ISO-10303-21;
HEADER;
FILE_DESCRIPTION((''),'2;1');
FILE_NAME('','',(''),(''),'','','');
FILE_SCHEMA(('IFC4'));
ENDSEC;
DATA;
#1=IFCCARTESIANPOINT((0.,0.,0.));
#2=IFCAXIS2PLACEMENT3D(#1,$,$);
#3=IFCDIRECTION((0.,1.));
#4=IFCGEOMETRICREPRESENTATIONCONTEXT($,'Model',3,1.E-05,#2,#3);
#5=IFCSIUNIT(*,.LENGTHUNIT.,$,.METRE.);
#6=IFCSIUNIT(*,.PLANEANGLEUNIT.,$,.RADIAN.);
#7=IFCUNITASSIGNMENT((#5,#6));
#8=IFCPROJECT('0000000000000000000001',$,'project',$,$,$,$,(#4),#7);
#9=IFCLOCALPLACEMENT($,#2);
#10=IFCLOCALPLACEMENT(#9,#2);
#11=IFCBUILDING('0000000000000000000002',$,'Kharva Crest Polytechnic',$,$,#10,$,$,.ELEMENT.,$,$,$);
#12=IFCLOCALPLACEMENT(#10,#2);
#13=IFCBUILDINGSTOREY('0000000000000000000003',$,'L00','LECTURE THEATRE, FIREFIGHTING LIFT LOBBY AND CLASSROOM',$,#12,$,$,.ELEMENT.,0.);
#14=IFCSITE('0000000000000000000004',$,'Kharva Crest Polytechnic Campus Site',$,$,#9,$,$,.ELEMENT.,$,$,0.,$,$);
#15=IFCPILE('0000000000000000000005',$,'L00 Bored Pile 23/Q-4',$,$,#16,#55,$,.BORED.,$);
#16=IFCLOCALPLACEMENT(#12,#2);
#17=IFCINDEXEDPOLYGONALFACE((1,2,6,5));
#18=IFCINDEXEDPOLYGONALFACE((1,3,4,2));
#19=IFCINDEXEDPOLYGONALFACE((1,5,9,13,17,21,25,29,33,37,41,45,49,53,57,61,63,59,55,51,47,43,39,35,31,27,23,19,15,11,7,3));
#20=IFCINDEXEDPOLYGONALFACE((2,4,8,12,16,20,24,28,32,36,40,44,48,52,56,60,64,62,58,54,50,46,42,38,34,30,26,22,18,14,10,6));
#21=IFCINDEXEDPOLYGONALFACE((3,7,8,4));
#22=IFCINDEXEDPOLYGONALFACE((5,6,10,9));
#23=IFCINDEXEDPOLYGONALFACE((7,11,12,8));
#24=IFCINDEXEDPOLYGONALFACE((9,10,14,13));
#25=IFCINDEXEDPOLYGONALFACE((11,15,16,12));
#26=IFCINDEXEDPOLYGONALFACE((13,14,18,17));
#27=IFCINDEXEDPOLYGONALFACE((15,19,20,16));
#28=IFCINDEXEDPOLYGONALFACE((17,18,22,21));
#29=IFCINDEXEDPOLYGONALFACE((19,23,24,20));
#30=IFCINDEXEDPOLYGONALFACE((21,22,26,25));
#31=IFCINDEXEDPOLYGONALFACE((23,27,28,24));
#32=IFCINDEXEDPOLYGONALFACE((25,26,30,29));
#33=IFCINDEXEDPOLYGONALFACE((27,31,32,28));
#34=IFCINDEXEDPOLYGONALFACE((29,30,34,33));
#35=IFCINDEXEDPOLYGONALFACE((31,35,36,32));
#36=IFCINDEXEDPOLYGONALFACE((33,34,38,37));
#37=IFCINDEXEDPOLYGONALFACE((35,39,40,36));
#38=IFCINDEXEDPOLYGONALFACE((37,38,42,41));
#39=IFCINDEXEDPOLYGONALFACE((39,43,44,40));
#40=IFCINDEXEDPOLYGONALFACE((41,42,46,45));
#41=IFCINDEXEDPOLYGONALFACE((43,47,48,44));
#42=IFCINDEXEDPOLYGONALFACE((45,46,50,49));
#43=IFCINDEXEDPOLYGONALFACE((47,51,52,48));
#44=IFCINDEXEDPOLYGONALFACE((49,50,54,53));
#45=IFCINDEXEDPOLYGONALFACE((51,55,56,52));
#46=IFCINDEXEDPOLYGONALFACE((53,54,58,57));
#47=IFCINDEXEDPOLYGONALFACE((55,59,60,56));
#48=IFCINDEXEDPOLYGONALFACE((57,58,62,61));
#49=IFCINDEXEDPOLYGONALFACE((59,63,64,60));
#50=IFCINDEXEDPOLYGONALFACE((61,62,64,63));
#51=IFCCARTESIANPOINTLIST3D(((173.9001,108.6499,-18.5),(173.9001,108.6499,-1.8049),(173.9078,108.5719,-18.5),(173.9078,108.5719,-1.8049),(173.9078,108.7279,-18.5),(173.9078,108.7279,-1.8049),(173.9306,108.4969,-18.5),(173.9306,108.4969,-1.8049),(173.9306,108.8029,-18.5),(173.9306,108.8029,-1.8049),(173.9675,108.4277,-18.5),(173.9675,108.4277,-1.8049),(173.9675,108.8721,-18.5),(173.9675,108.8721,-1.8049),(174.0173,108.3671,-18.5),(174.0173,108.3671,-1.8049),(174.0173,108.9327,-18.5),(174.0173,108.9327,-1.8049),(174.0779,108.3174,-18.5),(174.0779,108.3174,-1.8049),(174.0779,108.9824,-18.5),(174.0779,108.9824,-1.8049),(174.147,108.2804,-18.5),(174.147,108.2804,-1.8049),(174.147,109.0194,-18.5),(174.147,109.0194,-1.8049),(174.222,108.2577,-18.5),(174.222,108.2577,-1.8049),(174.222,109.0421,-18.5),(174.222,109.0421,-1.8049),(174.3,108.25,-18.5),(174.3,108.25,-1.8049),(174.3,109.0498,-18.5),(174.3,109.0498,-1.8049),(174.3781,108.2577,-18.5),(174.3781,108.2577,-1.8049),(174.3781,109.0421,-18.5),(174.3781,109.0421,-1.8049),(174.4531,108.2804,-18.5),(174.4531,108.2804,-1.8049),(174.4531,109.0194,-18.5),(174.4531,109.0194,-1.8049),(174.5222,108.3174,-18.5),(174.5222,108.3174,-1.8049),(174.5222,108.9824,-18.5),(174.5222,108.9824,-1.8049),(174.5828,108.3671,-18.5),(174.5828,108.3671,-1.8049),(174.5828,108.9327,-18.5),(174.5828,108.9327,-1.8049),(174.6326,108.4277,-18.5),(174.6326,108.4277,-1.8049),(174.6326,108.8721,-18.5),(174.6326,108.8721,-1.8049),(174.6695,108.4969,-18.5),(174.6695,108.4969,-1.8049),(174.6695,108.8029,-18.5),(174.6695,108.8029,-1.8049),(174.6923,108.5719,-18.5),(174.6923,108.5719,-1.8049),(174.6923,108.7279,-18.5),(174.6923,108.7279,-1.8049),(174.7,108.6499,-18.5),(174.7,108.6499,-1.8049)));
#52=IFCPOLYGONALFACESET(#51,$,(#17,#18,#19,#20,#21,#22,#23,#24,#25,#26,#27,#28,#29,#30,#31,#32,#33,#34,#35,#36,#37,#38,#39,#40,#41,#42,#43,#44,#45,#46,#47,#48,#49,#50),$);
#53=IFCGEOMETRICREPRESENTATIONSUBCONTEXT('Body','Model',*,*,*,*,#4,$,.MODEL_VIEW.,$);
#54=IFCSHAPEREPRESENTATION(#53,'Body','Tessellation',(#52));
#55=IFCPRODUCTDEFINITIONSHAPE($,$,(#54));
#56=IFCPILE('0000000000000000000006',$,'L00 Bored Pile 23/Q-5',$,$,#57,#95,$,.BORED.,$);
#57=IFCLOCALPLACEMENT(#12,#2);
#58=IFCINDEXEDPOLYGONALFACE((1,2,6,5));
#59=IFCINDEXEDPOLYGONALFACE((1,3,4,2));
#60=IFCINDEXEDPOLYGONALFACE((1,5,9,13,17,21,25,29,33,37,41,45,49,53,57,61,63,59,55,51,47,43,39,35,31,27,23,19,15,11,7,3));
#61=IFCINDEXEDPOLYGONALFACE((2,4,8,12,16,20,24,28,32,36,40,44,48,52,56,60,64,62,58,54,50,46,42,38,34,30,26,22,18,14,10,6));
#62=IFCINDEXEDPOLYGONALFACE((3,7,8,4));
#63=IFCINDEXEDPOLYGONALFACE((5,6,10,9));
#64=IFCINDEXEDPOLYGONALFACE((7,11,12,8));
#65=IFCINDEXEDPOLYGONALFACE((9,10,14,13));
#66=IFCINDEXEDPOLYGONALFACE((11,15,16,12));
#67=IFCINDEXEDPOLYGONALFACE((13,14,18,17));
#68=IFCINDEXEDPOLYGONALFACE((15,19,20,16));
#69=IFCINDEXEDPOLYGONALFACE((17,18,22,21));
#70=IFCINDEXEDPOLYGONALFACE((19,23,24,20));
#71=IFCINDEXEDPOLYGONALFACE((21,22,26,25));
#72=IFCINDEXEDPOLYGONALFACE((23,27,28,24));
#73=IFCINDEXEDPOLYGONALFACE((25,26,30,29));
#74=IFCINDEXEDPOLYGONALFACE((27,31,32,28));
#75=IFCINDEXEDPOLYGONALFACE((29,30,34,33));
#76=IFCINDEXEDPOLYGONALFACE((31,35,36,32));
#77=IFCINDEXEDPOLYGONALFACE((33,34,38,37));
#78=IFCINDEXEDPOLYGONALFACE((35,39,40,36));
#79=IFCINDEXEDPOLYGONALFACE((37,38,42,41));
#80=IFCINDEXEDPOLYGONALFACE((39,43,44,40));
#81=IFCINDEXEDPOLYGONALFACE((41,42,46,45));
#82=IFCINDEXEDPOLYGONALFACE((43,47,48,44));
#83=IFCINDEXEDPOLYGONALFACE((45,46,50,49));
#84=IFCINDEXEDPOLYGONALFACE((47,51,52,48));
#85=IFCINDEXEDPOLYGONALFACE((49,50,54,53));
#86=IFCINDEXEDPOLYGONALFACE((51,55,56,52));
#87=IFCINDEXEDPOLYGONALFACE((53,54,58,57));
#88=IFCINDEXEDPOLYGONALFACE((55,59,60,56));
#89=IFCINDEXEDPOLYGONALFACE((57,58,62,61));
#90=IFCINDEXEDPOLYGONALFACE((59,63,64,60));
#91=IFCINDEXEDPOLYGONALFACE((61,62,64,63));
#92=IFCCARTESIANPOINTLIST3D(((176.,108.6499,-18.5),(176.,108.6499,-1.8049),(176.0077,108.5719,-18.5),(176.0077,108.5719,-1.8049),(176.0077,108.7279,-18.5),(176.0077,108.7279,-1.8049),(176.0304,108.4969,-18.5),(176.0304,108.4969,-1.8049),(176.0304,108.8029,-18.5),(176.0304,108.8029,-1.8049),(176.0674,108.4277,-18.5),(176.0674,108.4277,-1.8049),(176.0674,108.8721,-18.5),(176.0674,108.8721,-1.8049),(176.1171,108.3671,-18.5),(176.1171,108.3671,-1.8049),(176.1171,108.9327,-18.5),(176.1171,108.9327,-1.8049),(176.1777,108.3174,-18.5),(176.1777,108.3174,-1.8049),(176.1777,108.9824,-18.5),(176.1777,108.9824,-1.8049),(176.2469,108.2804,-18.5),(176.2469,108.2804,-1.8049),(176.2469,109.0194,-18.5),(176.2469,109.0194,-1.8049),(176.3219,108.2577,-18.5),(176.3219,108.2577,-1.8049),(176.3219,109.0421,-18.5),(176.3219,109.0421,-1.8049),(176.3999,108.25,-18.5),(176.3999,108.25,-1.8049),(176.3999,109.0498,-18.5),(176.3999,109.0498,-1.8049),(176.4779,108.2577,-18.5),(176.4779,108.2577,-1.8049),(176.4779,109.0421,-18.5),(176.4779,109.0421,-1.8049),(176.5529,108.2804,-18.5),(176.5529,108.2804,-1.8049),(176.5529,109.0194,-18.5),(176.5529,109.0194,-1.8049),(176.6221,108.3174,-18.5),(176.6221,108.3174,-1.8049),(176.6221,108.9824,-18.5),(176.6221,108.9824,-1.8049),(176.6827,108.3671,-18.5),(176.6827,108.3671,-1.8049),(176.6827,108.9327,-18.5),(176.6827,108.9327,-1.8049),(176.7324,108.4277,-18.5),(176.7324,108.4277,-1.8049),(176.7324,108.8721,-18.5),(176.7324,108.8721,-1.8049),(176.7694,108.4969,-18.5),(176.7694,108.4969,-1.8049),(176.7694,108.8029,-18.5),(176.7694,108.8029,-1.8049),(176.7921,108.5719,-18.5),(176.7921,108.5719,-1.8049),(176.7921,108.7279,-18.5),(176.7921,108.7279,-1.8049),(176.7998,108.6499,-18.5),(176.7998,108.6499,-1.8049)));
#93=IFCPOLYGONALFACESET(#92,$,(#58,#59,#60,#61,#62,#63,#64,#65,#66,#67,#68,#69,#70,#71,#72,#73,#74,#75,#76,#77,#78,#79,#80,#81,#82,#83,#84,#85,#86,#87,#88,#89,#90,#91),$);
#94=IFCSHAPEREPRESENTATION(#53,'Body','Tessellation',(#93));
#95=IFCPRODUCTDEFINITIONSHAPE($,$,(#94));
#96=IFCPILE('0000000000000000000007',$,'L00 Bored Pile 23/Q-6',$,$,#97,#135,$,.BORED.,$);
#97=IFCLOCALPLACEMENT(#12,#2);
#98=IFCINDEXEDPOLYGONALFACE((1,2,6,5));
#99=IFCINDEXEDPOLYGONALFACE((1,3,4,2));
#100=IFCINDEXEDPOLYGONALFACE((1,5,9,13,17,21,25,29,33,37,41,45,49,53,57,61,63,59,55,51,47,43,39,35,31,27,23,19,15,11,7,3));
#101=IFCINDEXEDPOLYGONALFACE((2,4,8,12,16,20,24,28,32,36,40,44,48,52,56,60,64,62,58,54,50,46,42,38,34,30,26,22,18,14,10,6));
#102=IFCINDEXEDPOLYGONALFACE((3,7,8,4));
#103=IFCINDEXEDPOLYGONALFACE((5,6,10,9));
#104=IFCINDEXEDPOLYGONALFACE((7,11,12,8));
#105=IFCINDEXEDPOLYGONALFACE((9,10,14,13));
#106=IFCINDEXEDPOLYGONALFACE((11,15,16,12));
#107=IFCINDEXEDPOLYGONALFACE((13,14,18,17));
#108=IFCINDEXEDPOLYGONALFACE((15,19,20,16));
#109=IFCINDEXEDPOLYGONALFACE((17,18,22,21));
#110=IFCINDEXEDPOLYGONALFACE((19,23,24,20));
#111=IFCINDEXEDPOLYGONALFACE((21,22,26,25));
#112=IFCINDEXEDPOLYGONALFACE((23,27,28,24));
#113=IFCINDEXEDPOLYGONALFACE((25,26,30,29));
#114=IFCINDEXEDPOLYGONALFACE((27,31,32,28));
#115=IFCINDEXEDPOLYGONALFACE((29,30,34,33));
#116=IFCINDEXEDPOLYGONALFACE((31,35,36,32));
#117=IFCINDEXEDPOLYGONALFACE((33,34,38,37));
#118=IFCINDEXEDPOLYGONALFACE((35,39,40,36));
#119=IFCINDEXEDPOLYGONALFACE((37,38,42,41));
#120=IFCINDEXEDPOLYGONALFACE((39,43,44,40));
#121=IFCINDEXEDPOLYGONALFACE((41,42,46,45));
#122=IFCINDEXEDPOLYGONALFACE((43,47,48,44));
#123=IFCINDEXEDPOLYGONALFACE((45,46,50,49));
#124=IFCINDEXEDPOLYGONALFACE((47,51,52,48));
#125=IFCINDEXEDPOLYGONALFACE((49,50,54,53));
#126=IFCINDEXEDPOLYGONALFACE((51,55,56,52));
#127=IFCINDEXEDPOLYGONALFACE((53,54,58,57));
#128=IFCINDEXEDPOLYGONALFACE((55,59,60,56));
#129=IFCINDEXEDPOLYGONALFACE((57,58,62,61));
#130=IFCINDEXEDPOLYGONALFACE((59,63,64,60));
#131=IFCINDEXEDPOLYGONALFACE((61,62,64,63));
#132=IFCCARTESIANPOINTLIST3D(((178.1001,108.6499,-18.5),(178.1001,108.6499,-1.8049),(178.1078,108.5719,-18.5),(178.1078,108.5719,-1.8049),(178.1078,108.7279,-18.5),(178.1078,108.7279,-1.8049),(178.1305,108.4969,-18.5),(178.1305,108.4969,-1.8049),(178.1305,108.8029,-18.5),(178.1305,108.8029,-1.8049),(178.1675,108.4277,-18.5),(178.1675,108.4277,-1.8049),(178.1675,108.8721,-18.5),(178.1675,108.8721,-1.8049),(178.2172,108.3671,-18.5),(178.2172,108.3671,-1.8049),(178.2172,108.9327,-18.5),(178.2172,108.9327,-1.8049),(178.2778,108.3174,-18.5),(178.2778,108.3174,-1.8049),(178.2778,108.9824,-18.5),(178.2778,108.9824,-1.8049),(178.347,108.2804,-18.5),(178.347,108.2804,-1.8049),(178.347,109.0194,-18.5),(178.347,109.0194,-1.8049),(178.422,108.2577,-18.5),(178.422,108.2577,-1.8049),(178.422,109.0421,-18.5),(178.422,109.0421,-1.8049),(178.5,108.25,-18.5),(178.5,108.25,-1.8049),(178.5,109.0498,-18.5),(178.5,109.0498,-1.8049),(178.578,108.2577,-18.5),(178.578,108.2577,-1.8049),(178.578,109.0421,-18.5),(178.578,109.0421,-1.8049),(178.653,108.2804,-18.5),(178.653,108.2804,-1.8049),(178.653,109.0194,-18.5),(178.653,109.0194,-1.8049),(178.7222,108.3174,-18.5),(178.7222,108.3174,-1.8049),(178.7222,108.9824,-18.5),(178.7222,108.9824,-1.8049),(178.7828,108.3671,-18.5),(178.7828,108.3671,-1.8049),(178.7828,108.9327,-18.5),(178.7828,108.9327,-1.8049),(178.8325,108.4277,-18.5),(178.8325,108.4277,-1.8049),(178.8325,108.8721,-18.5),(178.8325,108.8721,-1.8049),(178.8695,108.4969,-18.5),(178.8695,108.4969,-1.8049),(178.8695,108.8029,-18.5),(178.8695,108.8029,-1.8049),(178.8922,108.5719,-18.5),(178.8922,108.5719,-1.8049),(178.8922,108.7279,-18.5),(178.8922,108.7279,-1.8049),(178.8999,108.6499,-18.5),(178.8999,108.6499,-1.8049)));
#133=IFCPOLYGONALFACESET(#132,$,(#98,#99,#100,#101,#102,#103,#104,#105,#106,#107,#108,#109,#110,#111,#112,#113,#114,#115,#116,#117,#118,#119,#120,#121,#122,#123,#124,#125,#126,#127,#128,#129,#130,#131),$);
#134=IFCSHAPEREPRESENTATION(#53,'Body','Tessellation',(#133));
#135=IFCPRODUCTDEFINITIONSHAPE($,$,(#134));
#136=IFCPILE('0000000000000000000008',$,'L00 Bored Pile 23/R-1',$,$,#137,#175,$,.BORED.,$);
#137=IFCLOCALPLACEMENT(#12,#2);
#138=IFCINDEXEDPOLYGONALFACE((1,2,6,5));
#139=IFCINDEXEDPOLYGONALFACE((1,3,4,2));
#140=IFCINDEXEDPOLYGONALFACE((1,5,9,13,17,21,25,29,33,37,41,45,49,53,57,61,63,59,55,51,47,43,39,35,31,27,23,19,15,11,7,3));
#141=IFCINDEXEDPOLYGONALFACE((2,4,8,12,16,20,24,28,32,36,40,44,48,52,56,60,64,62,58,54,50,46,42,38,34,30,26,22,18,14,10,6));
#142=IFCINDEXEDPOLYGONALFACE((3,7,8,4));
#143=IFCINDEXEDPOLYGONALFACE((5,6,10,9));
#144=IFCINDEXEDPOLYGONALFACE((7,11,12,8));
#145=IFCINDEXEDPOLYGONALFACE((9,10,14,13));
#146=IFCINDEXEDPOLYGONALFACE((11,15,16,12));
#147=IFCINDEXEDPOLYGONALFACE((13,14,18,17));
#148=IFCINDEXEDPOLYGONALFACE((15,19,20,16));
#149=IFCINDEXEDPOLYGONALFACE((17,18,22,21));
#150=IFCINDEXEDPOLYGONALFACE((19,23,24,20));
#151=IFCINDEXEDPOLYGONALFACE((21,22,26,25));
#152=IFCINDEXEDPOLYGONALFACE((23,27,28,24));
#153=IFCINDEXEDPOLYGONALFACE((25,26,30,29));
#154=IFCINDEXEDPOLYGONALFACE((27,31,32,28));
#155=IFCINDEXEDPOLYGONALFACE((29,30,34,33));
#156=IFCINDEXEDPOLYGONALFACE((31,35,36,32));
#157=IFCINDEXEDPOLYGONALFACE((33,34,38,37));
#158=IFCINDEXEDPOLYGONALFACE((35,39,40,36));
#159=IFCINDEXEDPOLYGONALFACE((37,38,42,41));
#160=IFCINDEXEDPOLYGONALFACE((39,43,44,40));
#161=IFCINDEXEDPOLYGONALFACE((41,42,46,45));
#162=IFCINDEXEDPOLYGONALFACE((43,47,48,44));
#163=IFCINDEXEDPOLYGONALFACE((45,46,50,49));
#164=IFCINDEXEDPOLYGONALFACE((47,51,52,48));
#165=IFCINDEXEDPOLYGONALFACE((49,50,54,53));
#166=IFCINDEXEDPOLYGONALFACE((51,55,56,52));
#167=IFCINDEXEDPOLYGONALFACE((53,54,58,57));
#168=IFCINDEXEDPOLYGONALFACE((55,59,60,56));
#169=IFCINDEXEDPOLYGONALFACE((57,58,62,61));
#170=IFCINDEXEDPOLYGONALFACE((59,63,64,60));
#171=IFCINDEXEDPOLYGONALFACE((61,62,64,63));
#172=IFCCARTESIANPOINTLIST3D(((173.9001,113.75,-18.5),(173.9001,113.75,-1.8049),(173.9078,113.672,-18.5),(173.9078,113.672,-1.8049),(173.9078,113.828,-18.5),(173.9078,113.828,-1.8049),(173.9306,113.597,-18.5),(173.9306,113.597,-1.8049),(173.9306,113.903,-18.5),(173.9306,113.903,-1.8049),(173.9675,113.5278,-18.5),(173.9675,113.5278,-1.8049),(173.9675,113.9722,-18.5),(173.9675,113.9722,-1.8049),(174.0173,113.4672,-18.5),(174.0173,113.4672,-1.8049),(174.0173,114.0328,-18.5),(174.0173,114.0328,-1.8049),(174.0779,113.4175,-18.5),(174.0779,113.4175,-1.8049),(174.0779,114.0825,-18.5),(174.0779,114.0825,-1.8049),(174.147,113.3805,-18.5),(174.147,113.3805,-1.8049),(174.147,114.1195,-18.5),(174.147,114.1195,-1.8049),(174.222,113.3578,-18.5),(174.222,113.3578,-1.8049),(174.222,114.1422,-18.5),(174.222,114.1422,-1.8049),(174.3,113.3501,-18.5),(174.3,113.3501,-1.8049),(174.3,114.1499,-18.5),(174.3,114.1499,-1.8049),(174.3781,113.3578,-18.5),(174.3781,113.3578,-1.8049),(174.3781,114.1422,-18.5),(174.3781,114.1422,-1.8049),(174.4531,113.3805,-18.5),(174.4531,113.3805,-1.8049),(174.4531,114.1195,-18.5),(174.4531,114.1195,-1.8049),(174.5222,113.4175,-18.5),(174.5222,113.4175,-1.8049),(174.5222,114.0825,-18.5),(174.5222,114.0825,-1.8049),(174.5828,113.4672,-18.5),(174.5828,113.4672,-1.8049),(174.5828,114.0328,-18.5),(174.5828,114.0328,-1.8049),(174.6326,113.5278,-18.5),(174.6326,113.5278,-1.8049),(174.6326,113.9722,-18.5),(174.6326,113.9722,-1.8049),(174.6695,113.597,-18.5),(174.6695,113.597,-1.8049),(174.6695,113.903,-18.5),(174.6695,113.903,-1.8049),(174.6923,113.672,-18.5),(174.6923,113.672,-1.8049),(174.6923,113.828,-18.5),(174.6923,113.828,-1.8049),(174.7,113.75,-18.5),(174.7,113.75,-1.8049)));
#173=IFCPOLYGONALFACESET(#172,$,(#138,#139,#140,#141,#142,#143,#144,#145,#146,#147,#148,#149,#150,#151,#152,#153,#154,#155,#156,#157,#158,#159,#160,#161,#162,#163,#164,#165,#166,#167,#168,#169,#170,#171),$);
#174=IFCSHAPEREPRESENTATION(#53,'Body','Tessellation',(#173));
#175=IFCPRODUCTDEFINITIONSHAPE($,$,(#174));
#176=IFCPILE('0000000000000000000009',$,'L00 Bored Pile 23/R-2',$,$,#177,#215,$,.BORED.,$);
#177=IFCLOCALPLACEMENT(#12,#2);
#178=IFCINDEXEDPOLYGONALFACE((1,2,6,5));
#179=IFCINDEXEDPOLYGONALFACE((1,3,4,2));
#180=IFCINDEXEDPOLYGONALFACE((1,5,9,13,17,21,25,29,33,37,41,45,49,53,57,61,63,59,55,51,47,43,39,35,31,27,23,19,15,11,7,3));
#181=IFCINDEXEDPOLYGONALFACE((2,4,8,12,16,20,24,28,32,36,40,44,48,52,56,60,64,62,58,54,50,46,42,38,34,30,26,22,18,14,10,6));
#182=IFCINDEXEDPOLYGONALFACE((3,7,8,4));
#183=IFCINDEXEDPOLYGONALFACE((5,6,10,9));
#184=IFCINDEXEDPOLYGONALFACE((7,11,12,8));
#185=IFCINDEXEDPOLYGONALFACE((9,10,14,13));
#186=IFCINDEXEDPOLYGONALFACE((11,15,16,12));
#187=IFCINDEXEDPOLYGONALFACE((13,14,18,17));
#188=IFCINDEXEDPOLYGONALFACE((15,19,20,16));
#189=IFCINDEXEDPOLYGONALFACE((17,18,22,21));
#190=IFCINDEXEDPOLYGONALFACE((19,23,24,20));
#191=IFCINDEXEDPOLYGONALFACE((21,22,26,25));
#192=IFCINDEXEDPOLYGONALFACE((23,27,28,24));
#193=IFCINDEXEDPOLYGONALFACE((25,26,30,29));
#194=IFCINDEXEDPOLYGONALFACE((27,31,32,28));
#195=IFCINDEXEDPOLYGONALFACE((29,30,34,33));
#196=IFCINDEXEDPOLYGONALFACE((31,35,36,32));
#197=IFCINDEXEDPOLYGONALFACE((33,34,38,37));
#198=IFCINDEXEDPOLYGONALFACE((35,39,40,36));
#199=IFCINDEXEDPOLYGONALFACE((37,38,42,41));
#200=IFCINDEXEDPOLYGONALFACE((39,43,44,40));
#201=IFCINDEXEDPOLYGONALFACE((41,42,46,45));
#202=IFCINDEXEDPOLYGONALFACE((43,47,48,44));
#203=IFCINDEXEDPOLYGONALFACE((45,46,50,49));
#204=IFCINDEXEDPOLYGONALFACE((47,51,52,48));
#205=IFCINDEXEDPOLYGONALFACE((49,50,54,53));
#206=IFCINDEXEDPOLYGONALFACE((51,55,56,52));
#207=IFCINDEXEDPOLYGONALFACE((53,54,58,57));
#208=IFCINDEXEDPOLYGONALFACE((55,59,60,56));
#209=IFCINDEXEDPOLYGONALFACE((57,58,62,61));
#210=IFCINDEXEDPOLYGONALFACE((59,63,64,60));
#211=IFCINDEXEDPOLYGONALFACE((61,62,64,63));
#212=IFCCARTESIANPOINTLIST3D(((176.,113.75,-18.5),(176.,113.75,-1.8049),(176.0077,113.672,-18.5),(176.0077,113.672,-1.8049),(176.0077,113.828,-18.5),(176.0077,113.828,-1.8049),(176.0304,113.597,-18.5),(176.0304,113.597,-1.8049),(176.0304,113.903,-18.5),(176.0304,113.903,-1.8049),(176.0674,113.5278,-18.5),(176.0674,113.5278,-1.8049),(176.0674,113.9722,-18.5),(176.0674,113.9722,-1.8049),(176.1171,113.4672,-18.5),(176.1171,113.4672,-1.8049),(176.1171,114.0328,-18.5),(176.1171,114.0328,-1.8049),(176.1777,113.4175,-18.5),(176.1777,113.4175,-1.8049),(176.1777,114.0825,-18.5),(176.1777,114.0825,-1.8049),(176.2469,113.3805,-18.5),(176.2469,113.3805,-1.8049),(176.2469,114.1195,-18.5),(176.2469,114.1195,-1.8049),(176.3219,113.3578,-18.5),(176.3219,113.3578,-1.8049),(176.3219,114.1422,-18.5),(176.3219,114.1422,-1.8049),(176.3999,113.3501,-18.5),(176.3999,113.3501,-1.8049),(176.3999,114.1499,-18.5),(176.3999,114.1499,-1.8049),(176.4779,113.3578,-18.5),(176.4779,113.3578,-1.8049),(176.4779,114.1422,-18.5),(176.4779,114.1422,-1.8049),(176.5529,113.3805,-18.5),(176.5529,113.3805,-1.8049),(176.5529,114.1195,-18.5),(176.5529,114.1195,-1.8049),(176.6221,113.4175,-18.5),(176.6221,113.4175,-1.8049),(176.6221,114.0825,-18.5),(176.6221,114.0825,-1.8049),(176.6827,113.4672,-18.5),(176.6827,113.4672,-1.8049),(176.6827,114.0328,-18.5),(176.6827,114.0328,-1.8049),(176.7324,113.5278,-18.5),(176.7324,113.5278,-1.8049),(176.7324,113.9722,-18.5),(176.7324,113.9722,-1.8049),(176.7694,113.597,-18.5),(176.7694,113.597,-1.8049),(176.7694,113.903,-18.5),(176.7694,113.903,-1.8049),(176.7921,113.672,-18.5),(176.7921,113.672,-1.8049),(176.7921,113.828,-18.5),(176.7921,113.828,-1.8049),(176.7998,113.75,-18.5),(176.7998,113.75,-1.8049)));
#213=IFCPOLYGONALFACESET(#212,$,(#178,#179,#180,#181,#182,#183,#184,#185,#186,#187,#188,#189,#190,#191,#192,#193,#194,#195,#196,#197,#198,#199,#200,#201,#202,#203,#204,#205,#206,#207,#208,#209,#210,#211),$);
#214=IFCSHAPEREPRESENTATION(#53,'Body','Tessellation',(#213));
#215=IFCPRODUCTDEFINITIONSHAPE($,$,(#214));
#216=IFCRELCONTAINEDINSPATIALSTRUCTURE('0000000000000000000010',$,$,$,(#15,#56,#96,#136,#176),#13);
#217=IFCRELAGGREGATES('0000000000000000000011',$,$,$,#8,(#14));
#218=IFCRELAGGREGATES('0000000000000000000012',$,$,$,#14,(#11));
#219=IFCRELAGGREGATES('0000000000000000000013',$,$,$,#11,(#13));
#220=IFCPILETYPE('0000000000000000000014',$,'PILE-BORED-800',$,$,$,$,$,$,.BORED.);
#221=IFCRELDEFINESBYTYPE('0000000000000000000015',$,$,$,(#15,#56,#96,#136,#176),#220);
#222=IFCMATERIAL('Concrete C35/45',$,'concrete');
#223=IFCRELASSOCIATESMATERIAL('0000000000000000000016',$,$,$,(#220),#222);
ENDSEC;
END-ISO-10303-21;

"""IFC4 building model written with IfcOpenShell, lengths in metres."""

from ifc_helpers import new_model, si_unit, direction, frame, origin, origin_2d, place, context, subcontext, project, spatial, circle, extrude, material, material_profile, profile_set, type_object, element, save


model = new_model("IFC4")

# Units and contexts
model_context = context("Model", 3, precision=1e-05, world=origin(), true_north=direction((0.0, 1.0)))
body_context = subcontext(model_context, "Body", "Model", "MODEL_VIEW")
ifc_project = project(units=[si_unit("LENGTHUNIT", "METRE"), si_unit("PLANEANGLEUNIT", "RADIAN")], contexts=[model_context])

# Site, building, storey
site_placement = place(None, origin())
site = spatial("IfcSite", under=ifc_project, at=site_placement, Name="Kharva Crest Polytechnic Campus Site", CompositionType="ELEMENT", RefElevation=0.0)
building_placement = place(site_placement, origin())
building = spatial("IfcBuilding", under=site, at=building_placement, Name="Kharva Crest Polytechnic", CompositionType="ELEMENT")
storey_placement = place(building_placement, origin())
storey = spatial("IfcBuildingStorey", under=building, at=storey_placement, Name="L00", Description="LECTURE THEATRE, FIREFIGHTING LIFT LOBBY AND CLASSROOM", CompositionType="ELEMENT", Elevation=0.0)

# Shared definitions
ifc_material_1 = material(Name="Concrete C35/45", Category="concrete")

# Piles
ifc_material_profile_1 = material_profile(ifc_material_1, circle(Radius=0.3999, at=origin_2d()), Name="DIA 800")
ifc_profile_set_1 = profile_set([ifc_material_profile_1], Name="Concrete C35/45")
pile_type = type_object("IfcPileType", Name="PILE-BORED-800", PredefinedType="BORED", material=ifc_profile_set_1)
for number, where, z_axis, x_axis, name in (
    (1, (174.3, 108.6499, -1.8049), (0.0, 0.0, -1.0), (1.0, 0.0, 0.0), "L00 Bored Pile 23/Q-4"),
    (2, (176.3999, 108.6499, -1.8049), (0.0, 0.0, -1.0), (1.0, 0.0, 0.0), "L00 Bored Pile 23/Q-5"),
    (3, (178.5, 108.6499, -1.8049), (0.0, 0.0, -1.0), (1.0, 0.0, 0.0), "L00 Bored Pile 23/Q-6"),
    (4, (174.3, 113.75, -1.8049), (0.0, 0.0, -1.0), (1.0, 0.0, 0.0), "L00 Bored Pile 23/R-1"),
    (5, (176.3999, 113.75, -1.8049), (0.0, 0.0, -1.0), (1.0, 0.0, 0.0), "L00 Bored Pile 23/R-2"),
):
    element("IfcPile", number, at=place(storey_placement, frame(where, z_axis=z_axis, x_axis=x_axis)), inside=storey, type_object=pile_type, Name=name, PredefinedType="BORED", context=body_context, shape_type="SweptSolid", body=[
        extrude(circle(Radius=0.3999, at=origin_2d()), origin(), (0.0, 0.0, 1.0), 16.6951),
    ])

save(model, "model.ifc")
